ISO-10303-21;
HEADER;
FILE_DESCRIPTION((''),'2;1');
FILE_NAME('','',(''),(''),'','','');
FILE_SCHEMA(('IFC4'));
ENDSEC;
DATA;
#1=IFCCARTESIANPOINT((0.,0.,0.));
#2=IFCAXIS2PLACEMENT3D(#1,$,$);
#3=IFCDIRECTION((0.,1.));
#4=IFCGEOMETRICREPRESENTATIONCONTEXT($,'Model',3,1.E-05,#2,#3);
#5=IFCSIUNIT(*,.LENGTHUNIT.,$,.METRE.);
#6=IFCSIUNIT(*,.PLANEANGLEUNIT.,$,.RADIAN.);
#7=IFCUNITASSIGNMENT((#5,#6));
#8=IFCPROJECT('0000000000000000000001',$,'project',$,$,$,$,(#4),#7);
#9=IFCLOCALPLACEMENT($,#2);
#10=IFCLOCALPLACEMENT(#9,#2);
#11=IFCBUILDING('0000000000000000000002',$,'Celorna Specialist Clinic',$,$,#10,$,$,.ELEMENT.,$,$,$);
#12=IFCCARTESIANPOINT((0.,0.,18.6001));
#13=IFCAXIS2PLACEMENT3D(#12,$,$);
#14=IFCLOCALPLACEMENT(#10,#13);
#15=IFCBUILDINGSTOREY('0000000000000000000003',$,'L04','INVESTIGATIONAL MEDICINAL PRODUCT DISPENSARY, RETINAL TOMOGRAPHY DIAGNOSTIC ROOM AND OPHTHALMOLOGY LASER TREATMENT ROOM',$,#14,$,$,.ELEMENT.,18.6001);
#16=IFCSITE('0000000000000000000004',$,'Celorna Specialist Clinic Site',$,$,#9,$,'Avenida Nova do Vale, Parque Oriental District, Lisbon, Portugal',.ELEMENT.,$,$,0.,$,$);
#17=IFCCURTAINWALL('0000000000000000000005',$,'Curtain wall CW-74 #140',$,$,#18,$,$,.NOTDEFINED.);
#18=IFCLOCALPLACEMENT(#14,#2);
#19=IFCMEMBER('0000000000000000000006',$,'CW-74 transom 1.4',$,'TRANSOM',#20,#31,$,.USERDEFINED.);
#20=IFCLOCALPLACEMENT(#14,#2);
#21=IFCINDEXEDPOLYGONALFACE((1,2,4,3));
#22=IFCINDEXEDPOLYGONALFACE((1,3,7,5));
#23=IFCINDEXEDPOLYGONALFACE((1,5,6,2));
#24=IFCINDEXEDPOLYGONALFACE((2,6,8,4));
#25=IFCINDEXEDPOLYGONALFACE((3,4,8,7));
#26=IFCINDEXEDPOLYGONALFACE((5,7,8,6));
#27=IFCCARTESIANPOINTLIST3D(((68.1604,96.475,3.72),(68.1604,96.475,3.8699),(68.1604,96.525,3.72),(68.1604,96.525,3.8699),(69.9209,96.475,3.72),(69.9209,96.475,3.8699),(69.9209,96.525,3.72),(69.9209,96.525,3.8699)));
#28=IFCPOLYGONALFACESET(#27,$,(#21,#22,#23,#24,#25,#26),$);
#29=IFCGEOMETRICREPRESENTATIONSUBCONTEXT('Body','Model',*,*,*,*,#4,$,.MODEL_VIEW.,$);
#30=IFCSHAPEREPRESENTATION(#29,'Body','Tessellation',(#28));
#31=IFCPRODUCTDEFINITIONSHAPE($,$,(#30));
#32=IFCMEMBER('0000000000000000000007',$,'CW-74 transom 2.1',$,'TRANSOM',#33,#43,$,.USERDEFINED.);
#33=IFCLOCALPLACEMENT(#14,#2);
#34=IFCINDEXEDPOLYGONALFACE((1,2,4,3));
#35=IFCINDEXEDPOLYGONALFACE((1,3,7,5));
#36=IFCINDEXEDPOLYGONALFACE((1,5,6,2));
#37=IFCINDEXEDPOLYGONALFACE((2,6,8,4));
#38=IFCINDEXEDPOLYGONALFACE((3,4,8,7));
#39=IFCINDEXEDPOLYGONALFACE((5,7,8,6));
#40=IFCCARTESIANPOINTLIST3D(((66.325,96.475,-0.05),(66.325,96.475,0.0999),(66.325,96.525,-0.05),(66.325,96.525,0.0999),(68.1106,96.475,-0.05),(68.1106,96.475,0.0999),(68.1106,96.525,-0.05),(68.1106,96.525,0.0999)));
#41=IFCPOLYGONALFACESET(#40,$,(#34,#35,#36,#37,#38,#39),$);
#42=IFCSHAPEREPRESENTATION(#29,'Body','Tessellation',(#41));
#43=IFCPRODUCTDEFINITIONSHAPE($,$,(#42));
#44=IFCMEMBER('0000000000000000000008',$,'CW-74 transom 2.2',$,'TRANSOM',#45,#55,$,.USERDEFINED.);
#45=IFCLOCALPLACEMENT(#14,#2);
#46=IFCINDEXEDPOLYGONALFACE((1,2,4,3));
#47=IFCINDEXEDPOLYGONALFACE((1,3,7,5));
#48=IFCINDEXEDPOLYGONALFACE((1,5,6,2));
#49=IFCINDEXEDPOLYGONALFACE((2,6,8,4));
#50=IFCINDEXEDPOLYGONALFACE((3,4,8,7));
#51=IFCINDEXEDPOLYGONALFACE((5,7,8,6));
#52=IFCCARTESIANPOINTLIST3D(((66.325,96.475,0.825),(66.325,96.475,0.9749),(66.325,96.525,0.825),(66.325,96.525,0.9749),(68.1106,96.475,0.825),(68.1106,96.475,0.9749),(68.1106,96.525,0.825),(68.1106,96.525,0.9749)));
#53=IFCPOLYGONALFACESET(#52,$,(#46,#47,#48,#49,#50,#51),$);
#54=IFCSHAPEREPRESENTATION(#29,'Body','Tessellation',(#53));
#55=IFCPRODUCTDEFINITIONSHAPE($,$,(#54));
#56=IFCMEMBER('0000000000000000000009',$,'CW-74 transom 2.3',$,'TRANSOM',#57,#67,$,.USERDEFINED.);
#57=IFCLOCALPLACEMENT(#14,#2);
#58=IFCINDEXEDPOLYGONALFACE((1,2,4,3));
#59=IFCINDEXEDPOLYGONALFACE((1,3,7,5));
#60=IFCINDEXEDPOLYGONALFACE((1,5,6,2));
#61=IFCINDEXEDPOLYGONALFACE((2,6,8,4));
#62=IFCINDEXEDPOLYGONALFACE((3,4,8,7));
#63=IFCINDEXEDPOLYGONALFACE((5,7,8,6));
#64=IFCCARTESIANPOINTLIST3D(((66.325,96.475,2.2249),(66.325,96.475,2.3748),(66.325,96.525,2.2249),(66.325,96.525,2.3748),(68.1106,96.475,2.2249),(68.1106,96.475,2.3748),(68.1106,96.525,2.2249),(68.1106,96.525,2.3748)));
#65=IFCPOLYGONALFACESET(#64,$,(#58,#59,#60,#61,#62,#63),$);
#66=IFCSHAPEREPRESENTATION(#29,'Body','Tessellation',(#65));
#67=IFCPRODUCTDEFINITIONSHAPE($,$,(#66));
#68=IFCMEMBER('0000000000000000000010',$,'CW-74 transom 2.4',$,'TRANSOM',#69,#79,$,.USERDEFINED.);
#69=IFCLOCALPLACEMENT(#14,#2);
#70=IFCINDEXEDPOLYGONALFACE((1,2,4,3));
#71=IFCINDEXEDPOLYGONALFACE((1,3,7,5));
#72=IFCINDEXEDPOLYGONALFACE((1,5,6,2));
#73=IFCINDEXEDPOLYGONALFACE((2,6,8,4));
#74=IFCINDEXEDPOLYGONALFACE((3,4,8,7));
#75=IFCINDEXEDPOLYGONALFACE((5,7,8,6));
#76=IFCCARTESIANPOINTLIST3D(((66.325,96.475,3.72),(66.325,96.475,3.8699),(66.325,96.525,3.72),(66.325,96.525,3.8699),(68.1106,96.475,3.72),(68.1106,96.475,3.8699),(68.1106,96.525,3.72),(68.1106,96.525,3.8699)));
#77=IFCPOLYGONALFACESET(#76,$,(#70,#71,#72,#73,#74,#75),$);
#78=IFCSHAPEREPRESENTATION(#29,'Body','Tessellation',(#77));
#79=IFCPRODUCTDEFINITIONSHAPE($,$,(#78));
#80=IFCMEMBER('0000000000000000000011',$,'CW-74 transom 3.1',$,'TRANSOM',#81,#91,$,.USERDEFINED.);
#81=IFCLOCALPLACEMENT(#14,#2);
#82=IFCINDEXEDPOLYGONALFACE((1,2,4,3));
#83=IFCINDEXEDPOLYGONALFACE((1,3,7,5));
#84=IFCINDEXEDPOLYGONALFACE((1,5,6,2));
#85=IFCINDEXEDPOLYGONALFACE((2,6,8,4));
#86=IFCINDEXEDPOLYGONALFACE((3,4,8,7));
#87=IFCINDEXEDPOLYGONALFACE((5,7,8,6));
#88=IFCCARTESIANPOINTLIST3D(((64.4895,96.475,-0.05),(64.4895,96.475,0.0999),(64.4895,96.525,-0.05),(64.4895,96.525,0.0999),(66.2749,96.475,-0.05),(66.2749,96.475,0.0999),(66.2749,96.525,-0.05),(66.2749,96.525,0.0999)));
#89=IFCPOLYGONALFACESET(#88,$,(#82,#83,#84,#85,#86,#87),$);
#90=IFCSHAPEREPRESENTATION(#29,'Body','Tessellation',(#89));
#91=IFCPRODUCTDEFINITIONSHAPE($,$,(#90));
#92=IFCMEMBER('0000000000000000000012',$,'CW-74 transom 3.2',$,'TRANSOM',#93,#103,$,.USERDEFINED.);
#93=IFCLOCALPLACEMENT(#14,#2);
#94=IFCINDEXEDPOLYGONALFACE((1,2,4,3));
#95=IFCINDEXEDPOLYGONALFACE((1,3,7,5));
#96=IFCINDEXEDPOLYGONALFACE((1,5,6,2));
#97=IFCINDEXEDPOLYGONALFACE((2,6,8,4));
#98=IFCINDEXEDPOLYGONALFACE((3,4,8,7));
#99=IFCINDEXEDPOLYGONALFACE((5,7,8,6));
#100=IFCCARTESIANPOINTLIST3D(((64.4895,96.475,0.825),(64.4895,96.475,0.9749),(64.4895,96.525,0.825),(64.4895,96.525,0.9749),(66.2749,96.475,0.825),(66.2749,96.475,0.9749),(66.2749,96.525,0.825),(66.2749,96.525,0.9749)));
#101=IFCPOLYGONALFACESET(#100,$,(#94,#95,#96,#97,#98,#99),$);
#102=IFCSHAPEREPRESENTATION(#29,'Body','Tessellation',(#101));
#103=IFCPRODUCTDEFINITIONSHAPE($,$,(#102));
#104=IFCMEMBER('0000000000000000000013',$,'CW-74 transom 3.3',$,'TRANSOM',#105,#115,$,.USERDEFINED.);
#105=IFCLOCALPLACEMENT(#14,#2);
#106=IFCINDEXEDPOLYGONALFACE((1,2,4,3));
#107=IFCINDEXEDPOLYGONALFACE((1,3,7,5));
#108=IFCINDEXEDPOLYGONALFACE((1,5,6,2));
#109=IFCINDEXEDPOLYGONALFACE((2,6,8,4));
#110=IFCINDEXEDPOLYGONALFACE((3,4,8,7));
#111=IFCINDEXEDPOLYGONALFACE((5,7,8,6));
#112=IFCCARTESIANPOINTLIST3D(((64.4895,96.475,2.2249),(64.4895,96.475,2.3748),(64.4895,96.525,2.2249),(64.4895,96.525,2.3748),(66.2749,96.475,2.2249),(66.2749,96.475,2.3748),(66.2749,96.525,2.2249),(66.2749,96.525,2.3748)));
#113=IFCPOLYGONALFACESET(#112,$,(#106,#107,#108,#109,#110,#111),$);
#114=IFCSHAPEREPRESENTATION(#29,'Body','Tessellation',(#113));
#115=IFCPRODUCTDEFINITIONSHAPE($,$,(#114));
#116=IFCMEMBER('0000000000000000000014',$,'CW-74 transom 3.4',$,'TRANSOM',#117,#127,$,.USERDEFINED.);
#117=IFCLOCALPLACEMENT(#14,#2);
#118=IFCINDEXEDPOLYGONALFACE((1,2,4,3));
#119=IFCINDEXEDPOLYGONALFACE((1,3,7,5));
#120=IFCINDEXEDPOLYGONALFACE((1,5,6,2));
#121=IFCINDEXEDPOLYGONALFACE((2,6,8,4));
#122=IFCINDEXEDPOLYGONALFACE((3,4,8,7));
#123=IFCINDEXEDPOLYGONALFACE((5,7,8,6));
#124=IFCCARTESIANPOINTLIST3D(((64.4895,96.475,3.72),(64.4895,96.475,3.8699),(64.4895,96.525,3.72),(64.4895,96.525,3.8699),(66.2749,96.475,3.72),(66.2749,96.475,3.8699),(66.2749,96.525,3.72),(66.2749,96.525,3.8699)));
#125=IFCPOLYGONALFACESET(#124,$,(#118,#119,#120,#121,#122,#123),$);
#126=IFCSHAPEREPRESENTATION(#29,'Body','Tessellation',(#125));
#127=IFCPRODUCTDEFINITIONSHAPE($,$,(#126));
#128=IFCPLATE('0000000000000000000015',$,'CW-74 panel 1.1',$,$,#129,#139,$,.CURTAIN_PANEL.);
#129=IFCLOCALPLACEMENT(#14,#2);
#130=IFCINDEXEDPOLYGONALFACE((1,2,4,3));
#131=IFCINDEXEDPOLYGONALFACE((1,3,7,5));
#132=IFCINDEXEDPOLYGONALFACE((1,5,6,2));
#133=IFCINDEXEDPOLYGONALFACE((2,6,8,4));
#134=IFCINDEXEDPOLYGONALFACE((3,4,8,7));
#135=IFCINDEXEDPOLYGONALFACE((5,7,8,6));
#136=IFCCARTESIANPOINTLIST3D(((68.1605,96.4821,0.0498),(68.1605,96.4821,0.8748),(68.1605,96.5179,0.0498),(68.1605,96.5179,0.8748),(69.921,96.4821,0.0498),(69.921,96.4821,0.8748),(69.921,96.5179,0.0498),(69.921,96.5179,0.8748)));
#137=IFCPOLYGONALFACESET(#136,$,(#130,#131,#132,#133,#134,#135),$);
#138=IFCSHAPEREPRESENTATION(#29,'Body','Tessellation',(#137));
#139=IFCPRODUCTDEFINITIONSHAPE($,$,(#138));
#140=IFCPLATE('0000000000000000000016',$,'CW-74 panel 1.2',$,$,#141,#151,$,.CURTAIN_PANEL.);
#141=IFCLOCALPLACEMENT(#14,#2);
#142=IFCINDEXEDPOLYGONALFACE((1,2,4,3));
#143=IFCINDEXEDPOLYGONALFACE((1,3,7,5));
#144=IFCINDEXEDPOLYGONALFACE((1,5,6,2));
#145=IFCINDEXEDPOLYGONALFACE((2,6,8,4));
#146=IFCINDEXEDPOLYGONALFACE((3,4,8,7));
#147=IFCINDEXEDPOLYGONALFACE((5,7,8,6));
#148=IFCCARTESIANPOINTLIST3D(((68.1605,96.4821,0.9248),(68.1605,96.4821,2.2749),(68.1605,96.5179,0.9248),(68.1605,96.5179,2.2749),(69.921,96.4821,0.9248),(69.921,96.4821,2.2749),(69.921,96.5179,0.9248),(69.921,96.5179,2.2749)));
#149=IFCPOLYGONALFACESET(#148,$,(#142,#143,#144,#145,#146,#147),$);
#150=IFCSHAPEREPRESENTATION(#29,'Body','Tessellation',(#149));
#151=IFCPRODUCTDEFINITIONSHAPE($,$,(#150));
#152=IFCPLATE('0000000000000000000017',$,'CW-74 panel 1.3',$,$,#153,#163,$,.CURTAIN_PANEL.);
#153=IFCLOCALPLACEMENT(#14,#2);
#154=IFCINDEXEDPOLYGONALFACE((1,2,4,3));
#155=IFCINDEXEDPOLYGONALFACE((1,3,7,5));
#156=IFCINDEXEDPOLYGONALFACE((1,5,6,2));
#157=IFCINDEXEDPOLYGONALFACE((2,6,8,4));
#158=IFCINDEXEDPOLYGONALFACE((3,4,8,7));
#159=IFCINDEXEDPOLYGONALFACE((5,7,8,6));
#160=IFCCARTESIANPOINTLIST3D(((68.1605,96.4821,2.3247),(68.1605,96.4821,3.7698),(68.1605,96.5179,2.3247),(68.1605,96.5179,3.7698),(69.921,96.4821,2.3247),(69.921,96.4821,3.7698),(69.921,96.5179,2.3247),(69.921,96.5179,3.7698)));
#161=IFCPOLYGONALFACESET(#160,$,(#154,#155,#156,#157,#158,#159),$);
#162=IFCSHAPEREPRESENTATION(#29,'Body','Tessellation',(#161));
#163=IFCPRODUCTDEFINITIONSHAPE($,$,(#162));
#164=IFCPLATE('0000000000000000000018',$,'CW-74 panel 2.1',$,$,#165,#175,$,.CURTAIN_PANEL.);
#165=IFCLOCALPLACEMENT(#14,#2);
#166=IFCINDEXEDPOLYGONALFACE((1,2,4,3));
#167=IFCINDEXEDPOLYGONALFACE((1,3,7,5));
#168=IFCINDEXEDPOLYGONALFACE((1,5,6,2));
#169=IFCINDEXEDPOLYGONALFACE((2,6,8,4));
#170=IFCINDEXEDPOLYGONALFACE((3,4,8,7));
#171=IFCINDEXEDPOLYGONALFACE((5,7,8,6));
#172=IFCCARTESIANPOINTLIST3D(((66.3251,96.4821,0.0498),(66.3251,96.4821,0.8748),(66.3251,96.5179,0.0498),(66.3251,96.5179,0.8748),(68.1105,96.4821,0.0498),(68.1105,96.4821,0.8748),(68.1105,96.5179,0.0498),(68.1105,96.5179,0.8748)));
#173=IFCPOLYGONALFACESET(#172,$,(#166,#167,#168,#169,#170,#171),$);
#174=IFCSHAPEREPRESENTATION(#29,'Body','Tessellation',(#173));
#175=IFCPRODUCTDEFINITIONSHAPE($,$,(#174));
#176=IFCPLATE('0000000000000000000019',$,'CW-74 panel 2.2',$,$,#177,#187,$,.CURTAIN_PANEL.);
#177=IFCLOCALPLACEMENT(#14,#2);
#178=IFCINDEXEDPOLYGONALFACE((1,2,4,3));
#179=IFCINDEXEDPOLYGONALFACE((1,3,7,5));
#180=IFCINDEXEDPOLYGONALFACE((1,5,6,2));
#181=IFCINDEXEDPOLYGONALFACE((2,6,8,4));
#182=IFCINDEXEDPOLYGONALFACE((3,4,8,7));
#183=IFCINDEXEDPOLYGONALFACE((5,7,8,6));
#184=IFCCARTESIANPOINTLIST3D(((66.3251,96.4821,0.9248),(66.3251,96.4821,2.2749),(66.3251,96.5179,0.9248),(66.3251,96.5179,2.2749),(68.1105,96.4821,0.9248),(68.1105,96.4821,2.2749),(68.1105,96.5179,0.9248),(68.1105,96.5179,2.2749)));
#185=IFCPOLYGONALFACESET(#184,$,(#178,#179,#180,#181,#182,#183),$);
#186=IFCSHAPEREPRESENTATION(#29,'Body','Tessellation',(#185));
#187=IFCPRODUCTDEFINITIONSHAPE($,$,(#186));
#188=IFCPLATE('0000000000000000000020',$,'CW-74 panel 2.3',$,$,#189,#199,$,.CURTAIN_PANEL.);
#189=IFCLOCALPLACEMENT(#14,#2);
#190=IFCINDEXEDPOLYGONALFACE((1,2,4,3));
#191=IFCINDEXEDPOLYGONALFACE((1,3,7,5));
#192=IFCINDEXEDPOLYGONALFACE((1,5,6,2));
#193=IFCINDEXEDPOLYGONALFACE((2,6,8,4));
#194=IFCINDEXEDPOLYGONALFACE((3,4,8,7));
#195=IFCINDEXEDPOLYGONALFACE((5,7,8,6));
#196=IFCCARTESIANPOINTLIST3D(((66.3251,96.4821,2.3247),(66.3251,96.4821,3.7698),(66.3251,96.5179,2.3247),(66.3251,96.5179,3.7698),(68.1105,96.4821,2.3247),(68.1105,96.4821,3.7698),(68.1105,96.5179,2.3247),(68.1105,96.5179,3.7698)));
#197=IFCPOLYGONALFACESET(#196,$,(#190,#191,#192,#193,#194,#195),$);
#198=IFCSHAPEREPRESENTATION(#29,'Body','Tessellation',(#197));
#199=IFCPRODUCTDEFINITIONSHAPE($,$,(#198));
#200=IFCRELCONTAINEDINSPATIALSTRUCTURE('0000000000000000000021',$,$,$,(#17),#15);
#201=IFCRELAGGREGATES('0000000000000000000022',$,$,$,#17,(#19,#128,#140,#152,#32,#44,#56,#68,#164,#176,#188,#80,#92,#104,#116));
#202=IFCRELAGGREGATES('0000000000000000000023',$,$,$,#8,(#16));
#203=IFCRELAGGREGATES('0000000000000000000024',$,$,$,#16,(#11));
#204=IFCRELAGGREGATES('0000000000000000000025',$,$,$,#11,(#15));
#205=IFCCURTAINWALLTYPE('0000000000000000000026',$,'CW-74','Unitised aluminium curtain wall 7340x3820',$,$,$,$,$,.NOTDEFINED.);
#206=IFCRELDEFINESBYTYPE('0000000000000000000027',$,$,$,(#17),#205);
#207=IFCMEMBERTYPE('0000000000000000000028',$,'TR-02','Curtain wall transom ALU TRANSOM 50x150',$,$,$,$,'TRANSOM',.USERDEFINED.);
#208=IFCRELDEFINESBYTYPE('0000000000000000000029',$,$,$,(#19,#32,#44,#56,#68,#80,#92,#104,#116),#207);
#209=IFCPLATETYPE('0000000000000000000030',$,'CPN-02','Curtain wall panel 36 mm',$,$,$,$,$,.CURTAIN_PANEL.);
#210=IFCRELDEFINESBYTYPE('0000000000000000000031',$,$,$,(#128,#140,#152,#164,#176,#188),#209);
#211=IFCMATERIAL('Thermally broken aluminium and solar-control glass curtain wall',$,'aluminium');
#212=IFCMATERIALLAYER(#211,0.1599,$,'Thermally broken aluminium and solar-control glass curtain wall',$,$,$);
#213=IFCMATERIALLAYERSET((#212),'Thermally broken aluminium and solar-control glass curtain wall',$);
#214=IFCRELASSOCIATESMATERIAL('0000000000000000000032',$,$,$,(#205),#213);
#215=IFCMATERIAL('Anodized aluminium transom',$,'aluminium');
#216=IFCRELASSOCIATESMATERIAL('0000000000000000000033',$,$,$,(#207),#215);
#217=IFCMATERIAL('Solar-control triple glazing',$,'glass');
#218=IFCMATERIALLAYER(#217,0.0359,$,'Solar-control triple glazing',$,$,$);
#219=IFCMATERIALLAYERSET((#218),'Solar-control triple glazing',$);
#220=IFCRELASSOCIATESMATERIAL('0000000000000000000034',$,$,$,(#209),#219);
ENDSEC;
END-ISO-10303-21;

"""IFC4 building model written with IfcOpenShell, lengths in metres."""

from ifc_helpers import new_model, si_unit, direction, frame, origin, origin_2d, place, context, subcontext, project, spatial, rectangle, extrude, material, layer, layer_set, material_profile, profile_set, type_object, element, aggregate, save


model = new_model("IFC4")

# Units and contexts
model_context = context("Model", 3, precision=1e-05, world=origin(), true_north=direction((0.0, 1.0)))
body_context = subcontext(model_context, "Body", "Model", "MODEL_VIEW")
ifc_project = project(units=[si_unit("LENGTHUNIT", "METRE"), si_unit("PLANEANGLEUNIT", "RADIAN")], contexts=[model_context])

# Site, building, storey
site_placement = place(None, origin())
site = spatial("IfcSite", under=ifc_project, at=site_placement, Name="Celorna Specialist Clinic Site", LongName="Avenida Nova do Vale, Parque Oriental District, Lisbon, Portugal", CompositionType="ELEMENT", RefElevation=0.0)
building_placement = place(site_placement, origin())
building = spatial("IfcBuilding", under=site, at=building_placement, Name="Celorna Specialist Clinic", CompositionType="ELEMENT")
storey_placement = place(building_placement, frame((0.0, 0.0, 18.6001)))
storey = spatial("IfcBuildingStorey", under=building, at=storey_placement, Name="L04", Description="INVESTIGATIONAL MEDICINAL PRODUCT DISPENSARY, RETINAL TOMOGRAPHY DIAGNOSTIC ROOM AND OPHTHALMOLOGY LASER TREATMENT ROOM", CompositionType="ELEMENT", Elevation=18.6001)

# Curtain wall
ifc_material_1 = material(Name="Thermally broken aluminium and solar-control glass curtain wall", Category="aluminium")
ifc_layer_1 = layer(ifc_material_1, 0.1599, Name="Thermally broken aluminium and solar-control glass curtain wall")
ifc_layer_set_1 = layer_set([ifc_layer_1], Name="Thermally broken aluminium and solar-control glass curtain wall")
curtain_wall_type_1 = type_object("IfcCurtainWallType", Name="CW-74", Description="Unitised aluminium curtain wall 7340x3820", PredefinedType="NOTDEFINED", material=ifc_layer_set_1)
curtain_wall_1_placement = place(storey_placement, origin())
curtain_wall_1 = element("IfcCurtainWall", 1, at=curtain_wall_1_placement, inside=storey, type_object=curtain_wall_type_1, Name="Curtain wall CW-74 #140", PredefinedType="NOTDEFINED")
ifc_material_2 = material(Name="Anodized aluminium transom", Category="aluminium")

# Members
ifc_material_profile_1 = material_profile(ifc_material_2, rectangle(XDim=0.05, YDim=0.1499, at=origin_2d()), Name="ALU TRANSOM 50x150")
ifc_profile_set_1 = profile_set([ifc_material_profile_1], Name="Anodized aluminium transom")
member_type_1 = type_object("IfcMemberType", Name="TR-02", Description="Curtain wall transom ALU TRANSOM 50x150", ElementType="TRANSOM", PredefinedType="USERDEFINED", material=ifc_profile_set_1)
member_1_placement = place(storey_placement, frame((69.9209, 96.5, 3.7949), z_axis=(-1.0, 0.0, 0.0), x_axis=(0.0, -1.0, 0.0)))
member_1 = element("IfcMember", 2, at=member_1_placement, type_object=member_type_1, Name="CW-74 transom 1.4", ObjectType="TRANSOM", PredefinedType="USERDEFINED", context=body_context, shape_type="SweptSolid", body=[
    extrude(rectangle(XDim=0.05, YDim=0.1499, at=origin_2d()), origin(), (0.0, 0.0, 1.0), 1.7605),
])
member_2_placement = place(storey_placement, frame((68.1106, 96.5, 0.0249), z_axis=(-1.0, 0.0, 0.0), x_axis=(0.0, -1.0, 0.0)))
member_2 = element("IfcMember", 3, at=member_2_placement, type_object=member_type_1, Name="CW-74 transom 2.1", ObjectType="TRANSOM", PredefinedType="USERDEFINED", context=body_context, shape_type="SweptSolid", body=[
    extrude(rectangle(XDim=0.05, YDim=0.1499, at=origin_2d()), origin(), (0.0, 0.0, 1.0), 1.7856),
])
member_3_placement = place(storey_placement, frame((68.1106, 96.5, 0.8999), z_axis=(-1.0, 0.0, 0.0), x_axis=(0.0, -1.0, 0.0)))
member_3 = element("IfcMember", 4, at=member_3_placement, type_object=member_type_1, Name="CW-74 transom 2.2", ObjectType="TRANSOM", PredefinedType="USERDEFINED", context=body_context, shape_type="SweptSolid", body=[
    extrude(rectangle(XDim=0.05, YDim=0.1499, at=origin_2d()), origin(), (0.0, 0.0, 1.0), 1.7856),
])
member_4_placement = place(storey_placement, frame((68.1106, 96.5, 2.2998), z_axis=(-1.0, 0.0, 0.0), x_axis=(0.0, -1.0, 0.0)))
member_4 = element("IfcMember", 5, at=member_4_placement, type_object=member_type_1, Name="CW-74 transom 2.3", ObjectType="TRANSOM", PredefinedType="USERDEFINED", context=body_context, shape_type="SweptSolid", body=[
    extrude(rectangle(XDim=0.05, YDim=0.1499, at=origin_2d()), origin(), (0.0, 0.0, 1.0), 1.7856),
])
member_5_placement = place(storey_placement, frame((68.1106, 96.5, 3.7949), z_axis=(-1.0, 0.0, 0.0), x_axis=(0.0, -1.0, 0.0)))
member_5 = element("IfcMember", 6, at=member_5_placement, type_object=member_type_1, Name="CW-74 transom 2.4", ObjectType="TRANSOM", PredefinedType="USERDEFINED", context=body_context, shape_type="SweptSolid", body=[
    extrude(rectangle(XDim=0.05, YDim=0.1499, at=origin_2d()), origin(), (0.0, 0.0, 1.0), 1.7856),
])
member_6_placement = place(storey_placement, frame((66.2749, 96.5, 0.0249), z_axis=(-1.0, 0.0, 0.0), x_axis=(0.0, -1.0, 0.0)))
member_6 = element("IfcMember", 7, at=member_6_placement, type_object=member_type_1, Name="CW-74 transom 3.1", ObjectType="TRANSOM", PredefinedType="USERDEFINED", context=body_context, shape_type="SweptSolid", body=[
    extrude(rectangle(XDim=0.05, YDim=0.1499, at=origin_2d()), origin(), (0.0, 0.0, 1.0), 1.7854),
])
member_7_placement = place(storey_placement, frame((66.2749, 96.5, 0.8999), z_axis=(-1.0, 0.0, 0.0), x_axis=(0.0, -1.0, 0.0)))
member_7 = element("IfcMember", 8, at=member_7_placement, type_object=member_type_1, Name="CW-74 transom 3.2", ObjectType="TRANSOM", PredefinedType="USERDEFINED", context=body_context, shape_type="SweptSolid", body=[
    extrude(rectangle(XDim=0.05, YDim=0.1499, at=origin_2d()), origin(), (0.0, 0.0, 1.0), 1.7854),
])
member_8_placement = place(storey_placement, frame((66.2749, 96.5, 2.2998), z_axis=(-1.0, 0.0, 0.0), x_axis=(0.0, -1.0, 0.0)))
member_8 = element("IfcMember", 9, at=member_8_placement, type_object=member_type_1, Name="CW-74 transom 3.3", ObjectType="TRANSOM", PredefinedType="USERDEFINED", context=body_context, shape_type="SweptSolid", body=[
    extrude(rectangle(XDim=0.05, YDim=0.1499, at=origin_2d()), origin(), (0.0, 0.0, 1.0), 1.7854),
])
member_9_placement = place(storey_placement, frame((66.2749, 96.5, 3.7949), z_axis=(-1.0, 0.0, 0.0), x_axis=(0.0, -1.0, 0.0)))
member_9 = element("IfcMember", 10, at=member_9_placement, type_object=member_type_1, Name="CW-74 transom 3.4", ObjectType="TRANSOM", PredefinedType="USERDEFINED", context=body_context, shape_type="SweptSolid", body=[
    extrude(rectangle(XDim=0.05, YDim=0.1499, at=origin_2d()), origin(), (0.0, 0.0, 1.0), 1.7854),
])

# Plates
ifc_material_3 = material(Name="Solar-control triple glazing", Category="glass")
ifc_layer_2 = layer(ifc_material_3, 0.0359, Name="Solar-control triple glazing")
ifc_layer_set_2 = layer_set([ifc_layer_2], Name="Solar-control triple glazing")
plate_type_1 = type_object("IfcPlateType", Name="CPN-02", Description="Curtain wall panel 36 mm", PredefinedType="CURTAIN_PANEL", material=ifc_layer_set_2)
plate_1_placement = place(storey_placement, frame((69.0408, 96.5, 0.0498), z_axis=(0.0, 0.0, 1.0), x_axis=(-1.0, 0.0, 0.0)))
plate_1 = element("IfcPlate", 11, at=plate_1_placement, type_object=plate_type_1, Name="CW-74 panel 1.1", PredefinedType="CURTAIN_PANEL", context=body_context, shape_type="SweptSolid", body=[
    extrude(rectangle(XDim=1.7605, YDim=0.0359, at=origin_2d()), origin(), (0.0, 0.0, 1.0), 0.825),
])
plate_2_placement = place(storey_placement, frame((69.0408, 96.5, 0.9248), z_axis=(0.0, 0.0, 1.0), x_axis=(-1.0, 0.0, 0.0)))
plate_2 = element("IfcPlate", 12, at=plate_2_placement, type_object=plate_type_1, Name="CW-74 panel 1.2", PredefinedType="CURTAIN_PANEL", context=body_context, shape_type="SweptSolid", body=[
    extrude(rectangle(XDim=1.7605, YDim=0.0359, at=origin_2d()), origin(), (0.0, 0.0, 1.0), 1.3501),
])
plate_3_placement = place(storey_placement, frame((69.0408, 96.5, 2.3247), z_axis=(0.0, 0.0, 1.0), x_axis=(-1.0, 0.0, 0.0)))
plate_3 = element("IfcPlate", 13, at=plate_3_placement, type_object=plate_type_1, Name="CW-74 panel 1.3", PredefinedType="CURTAIN_PANEL", context=body_context, shape_type="SweptSolid", body=[
    extrude(rectangle(XDim=1.7605, YDim=0.0359, at=origin_2d()), origin(), (0.0, 0.0, 1.0), 1.4451),
])
plate_4_placement = place(storey_placement, frame((67.2178, 96.5, 0.0498), z_axis=(0.0, 0.0, 1.0), x_axis=(-1.0, 0.0, 0.0)))
plate_4 = element("IfcPlate", 14, at=plate_4_placement, type_object=plate_type_1, Name="CW-74 panel 2.1", PredefinedType="CURTAIN_PANEL", context=body_context, shape_type="SweptSolid", body=[
    extrude(rectangle(XDim=1.7854, YDim=0.0359, at=origin_2d()), origin(), (0.0, 0.0, 1.0), 0.825),
])
plate_5_placement = place(storey_placement, frame((67.2178, 96.5, 0.9248), z_axis=(0.0, 0.0, 1.0), x_axis=(-1.0, 0.0, 0.0)))
plate_5 = element("IfcPlate", 15, at=plate_5_placement, type_object=plate_type_1, Name="CW-74 panel 2.2", PredefinedType="CURTAIN_PANEL", context=body_context, shape_type="SweptSolid", body=[
    extrude(rectangle(XDim=1.7854, YDim=0.0359, at=origin_2d()), origin(), (0.0, 0.0, 1.0), 1.3501),
])
plate_6_placement = place(storey_placement, frame((67.2178, 96.5, 2.3247), z_axis=(0.0, 0.0, 1.0), x_axis=(-1.0, 0.0, 0.0)))
plate_6 = element("IfcPlate", 16, at=plate_6_placement, type_object=plate_type_1, Name="CW-74 panel 2.3", PredefinedType="CURTAIN_PANEL", context=body_context, shape_type="SweptSolid", body=[
    extrude(rectangle(XDim=1.7854, YDim=0.0359, at=origin_2d()), origin(), (0.0, 0.0, 1.0), 1.4451),
])
aggregate(curtain_wall_1, [member_1, plate_1, plate_2, plate_3, member_2, member_3, member_4, member_5, plate_4, plate_5, plate_6, member_6, member_7, member_8, member_9])

save(model, "model.ifc")
